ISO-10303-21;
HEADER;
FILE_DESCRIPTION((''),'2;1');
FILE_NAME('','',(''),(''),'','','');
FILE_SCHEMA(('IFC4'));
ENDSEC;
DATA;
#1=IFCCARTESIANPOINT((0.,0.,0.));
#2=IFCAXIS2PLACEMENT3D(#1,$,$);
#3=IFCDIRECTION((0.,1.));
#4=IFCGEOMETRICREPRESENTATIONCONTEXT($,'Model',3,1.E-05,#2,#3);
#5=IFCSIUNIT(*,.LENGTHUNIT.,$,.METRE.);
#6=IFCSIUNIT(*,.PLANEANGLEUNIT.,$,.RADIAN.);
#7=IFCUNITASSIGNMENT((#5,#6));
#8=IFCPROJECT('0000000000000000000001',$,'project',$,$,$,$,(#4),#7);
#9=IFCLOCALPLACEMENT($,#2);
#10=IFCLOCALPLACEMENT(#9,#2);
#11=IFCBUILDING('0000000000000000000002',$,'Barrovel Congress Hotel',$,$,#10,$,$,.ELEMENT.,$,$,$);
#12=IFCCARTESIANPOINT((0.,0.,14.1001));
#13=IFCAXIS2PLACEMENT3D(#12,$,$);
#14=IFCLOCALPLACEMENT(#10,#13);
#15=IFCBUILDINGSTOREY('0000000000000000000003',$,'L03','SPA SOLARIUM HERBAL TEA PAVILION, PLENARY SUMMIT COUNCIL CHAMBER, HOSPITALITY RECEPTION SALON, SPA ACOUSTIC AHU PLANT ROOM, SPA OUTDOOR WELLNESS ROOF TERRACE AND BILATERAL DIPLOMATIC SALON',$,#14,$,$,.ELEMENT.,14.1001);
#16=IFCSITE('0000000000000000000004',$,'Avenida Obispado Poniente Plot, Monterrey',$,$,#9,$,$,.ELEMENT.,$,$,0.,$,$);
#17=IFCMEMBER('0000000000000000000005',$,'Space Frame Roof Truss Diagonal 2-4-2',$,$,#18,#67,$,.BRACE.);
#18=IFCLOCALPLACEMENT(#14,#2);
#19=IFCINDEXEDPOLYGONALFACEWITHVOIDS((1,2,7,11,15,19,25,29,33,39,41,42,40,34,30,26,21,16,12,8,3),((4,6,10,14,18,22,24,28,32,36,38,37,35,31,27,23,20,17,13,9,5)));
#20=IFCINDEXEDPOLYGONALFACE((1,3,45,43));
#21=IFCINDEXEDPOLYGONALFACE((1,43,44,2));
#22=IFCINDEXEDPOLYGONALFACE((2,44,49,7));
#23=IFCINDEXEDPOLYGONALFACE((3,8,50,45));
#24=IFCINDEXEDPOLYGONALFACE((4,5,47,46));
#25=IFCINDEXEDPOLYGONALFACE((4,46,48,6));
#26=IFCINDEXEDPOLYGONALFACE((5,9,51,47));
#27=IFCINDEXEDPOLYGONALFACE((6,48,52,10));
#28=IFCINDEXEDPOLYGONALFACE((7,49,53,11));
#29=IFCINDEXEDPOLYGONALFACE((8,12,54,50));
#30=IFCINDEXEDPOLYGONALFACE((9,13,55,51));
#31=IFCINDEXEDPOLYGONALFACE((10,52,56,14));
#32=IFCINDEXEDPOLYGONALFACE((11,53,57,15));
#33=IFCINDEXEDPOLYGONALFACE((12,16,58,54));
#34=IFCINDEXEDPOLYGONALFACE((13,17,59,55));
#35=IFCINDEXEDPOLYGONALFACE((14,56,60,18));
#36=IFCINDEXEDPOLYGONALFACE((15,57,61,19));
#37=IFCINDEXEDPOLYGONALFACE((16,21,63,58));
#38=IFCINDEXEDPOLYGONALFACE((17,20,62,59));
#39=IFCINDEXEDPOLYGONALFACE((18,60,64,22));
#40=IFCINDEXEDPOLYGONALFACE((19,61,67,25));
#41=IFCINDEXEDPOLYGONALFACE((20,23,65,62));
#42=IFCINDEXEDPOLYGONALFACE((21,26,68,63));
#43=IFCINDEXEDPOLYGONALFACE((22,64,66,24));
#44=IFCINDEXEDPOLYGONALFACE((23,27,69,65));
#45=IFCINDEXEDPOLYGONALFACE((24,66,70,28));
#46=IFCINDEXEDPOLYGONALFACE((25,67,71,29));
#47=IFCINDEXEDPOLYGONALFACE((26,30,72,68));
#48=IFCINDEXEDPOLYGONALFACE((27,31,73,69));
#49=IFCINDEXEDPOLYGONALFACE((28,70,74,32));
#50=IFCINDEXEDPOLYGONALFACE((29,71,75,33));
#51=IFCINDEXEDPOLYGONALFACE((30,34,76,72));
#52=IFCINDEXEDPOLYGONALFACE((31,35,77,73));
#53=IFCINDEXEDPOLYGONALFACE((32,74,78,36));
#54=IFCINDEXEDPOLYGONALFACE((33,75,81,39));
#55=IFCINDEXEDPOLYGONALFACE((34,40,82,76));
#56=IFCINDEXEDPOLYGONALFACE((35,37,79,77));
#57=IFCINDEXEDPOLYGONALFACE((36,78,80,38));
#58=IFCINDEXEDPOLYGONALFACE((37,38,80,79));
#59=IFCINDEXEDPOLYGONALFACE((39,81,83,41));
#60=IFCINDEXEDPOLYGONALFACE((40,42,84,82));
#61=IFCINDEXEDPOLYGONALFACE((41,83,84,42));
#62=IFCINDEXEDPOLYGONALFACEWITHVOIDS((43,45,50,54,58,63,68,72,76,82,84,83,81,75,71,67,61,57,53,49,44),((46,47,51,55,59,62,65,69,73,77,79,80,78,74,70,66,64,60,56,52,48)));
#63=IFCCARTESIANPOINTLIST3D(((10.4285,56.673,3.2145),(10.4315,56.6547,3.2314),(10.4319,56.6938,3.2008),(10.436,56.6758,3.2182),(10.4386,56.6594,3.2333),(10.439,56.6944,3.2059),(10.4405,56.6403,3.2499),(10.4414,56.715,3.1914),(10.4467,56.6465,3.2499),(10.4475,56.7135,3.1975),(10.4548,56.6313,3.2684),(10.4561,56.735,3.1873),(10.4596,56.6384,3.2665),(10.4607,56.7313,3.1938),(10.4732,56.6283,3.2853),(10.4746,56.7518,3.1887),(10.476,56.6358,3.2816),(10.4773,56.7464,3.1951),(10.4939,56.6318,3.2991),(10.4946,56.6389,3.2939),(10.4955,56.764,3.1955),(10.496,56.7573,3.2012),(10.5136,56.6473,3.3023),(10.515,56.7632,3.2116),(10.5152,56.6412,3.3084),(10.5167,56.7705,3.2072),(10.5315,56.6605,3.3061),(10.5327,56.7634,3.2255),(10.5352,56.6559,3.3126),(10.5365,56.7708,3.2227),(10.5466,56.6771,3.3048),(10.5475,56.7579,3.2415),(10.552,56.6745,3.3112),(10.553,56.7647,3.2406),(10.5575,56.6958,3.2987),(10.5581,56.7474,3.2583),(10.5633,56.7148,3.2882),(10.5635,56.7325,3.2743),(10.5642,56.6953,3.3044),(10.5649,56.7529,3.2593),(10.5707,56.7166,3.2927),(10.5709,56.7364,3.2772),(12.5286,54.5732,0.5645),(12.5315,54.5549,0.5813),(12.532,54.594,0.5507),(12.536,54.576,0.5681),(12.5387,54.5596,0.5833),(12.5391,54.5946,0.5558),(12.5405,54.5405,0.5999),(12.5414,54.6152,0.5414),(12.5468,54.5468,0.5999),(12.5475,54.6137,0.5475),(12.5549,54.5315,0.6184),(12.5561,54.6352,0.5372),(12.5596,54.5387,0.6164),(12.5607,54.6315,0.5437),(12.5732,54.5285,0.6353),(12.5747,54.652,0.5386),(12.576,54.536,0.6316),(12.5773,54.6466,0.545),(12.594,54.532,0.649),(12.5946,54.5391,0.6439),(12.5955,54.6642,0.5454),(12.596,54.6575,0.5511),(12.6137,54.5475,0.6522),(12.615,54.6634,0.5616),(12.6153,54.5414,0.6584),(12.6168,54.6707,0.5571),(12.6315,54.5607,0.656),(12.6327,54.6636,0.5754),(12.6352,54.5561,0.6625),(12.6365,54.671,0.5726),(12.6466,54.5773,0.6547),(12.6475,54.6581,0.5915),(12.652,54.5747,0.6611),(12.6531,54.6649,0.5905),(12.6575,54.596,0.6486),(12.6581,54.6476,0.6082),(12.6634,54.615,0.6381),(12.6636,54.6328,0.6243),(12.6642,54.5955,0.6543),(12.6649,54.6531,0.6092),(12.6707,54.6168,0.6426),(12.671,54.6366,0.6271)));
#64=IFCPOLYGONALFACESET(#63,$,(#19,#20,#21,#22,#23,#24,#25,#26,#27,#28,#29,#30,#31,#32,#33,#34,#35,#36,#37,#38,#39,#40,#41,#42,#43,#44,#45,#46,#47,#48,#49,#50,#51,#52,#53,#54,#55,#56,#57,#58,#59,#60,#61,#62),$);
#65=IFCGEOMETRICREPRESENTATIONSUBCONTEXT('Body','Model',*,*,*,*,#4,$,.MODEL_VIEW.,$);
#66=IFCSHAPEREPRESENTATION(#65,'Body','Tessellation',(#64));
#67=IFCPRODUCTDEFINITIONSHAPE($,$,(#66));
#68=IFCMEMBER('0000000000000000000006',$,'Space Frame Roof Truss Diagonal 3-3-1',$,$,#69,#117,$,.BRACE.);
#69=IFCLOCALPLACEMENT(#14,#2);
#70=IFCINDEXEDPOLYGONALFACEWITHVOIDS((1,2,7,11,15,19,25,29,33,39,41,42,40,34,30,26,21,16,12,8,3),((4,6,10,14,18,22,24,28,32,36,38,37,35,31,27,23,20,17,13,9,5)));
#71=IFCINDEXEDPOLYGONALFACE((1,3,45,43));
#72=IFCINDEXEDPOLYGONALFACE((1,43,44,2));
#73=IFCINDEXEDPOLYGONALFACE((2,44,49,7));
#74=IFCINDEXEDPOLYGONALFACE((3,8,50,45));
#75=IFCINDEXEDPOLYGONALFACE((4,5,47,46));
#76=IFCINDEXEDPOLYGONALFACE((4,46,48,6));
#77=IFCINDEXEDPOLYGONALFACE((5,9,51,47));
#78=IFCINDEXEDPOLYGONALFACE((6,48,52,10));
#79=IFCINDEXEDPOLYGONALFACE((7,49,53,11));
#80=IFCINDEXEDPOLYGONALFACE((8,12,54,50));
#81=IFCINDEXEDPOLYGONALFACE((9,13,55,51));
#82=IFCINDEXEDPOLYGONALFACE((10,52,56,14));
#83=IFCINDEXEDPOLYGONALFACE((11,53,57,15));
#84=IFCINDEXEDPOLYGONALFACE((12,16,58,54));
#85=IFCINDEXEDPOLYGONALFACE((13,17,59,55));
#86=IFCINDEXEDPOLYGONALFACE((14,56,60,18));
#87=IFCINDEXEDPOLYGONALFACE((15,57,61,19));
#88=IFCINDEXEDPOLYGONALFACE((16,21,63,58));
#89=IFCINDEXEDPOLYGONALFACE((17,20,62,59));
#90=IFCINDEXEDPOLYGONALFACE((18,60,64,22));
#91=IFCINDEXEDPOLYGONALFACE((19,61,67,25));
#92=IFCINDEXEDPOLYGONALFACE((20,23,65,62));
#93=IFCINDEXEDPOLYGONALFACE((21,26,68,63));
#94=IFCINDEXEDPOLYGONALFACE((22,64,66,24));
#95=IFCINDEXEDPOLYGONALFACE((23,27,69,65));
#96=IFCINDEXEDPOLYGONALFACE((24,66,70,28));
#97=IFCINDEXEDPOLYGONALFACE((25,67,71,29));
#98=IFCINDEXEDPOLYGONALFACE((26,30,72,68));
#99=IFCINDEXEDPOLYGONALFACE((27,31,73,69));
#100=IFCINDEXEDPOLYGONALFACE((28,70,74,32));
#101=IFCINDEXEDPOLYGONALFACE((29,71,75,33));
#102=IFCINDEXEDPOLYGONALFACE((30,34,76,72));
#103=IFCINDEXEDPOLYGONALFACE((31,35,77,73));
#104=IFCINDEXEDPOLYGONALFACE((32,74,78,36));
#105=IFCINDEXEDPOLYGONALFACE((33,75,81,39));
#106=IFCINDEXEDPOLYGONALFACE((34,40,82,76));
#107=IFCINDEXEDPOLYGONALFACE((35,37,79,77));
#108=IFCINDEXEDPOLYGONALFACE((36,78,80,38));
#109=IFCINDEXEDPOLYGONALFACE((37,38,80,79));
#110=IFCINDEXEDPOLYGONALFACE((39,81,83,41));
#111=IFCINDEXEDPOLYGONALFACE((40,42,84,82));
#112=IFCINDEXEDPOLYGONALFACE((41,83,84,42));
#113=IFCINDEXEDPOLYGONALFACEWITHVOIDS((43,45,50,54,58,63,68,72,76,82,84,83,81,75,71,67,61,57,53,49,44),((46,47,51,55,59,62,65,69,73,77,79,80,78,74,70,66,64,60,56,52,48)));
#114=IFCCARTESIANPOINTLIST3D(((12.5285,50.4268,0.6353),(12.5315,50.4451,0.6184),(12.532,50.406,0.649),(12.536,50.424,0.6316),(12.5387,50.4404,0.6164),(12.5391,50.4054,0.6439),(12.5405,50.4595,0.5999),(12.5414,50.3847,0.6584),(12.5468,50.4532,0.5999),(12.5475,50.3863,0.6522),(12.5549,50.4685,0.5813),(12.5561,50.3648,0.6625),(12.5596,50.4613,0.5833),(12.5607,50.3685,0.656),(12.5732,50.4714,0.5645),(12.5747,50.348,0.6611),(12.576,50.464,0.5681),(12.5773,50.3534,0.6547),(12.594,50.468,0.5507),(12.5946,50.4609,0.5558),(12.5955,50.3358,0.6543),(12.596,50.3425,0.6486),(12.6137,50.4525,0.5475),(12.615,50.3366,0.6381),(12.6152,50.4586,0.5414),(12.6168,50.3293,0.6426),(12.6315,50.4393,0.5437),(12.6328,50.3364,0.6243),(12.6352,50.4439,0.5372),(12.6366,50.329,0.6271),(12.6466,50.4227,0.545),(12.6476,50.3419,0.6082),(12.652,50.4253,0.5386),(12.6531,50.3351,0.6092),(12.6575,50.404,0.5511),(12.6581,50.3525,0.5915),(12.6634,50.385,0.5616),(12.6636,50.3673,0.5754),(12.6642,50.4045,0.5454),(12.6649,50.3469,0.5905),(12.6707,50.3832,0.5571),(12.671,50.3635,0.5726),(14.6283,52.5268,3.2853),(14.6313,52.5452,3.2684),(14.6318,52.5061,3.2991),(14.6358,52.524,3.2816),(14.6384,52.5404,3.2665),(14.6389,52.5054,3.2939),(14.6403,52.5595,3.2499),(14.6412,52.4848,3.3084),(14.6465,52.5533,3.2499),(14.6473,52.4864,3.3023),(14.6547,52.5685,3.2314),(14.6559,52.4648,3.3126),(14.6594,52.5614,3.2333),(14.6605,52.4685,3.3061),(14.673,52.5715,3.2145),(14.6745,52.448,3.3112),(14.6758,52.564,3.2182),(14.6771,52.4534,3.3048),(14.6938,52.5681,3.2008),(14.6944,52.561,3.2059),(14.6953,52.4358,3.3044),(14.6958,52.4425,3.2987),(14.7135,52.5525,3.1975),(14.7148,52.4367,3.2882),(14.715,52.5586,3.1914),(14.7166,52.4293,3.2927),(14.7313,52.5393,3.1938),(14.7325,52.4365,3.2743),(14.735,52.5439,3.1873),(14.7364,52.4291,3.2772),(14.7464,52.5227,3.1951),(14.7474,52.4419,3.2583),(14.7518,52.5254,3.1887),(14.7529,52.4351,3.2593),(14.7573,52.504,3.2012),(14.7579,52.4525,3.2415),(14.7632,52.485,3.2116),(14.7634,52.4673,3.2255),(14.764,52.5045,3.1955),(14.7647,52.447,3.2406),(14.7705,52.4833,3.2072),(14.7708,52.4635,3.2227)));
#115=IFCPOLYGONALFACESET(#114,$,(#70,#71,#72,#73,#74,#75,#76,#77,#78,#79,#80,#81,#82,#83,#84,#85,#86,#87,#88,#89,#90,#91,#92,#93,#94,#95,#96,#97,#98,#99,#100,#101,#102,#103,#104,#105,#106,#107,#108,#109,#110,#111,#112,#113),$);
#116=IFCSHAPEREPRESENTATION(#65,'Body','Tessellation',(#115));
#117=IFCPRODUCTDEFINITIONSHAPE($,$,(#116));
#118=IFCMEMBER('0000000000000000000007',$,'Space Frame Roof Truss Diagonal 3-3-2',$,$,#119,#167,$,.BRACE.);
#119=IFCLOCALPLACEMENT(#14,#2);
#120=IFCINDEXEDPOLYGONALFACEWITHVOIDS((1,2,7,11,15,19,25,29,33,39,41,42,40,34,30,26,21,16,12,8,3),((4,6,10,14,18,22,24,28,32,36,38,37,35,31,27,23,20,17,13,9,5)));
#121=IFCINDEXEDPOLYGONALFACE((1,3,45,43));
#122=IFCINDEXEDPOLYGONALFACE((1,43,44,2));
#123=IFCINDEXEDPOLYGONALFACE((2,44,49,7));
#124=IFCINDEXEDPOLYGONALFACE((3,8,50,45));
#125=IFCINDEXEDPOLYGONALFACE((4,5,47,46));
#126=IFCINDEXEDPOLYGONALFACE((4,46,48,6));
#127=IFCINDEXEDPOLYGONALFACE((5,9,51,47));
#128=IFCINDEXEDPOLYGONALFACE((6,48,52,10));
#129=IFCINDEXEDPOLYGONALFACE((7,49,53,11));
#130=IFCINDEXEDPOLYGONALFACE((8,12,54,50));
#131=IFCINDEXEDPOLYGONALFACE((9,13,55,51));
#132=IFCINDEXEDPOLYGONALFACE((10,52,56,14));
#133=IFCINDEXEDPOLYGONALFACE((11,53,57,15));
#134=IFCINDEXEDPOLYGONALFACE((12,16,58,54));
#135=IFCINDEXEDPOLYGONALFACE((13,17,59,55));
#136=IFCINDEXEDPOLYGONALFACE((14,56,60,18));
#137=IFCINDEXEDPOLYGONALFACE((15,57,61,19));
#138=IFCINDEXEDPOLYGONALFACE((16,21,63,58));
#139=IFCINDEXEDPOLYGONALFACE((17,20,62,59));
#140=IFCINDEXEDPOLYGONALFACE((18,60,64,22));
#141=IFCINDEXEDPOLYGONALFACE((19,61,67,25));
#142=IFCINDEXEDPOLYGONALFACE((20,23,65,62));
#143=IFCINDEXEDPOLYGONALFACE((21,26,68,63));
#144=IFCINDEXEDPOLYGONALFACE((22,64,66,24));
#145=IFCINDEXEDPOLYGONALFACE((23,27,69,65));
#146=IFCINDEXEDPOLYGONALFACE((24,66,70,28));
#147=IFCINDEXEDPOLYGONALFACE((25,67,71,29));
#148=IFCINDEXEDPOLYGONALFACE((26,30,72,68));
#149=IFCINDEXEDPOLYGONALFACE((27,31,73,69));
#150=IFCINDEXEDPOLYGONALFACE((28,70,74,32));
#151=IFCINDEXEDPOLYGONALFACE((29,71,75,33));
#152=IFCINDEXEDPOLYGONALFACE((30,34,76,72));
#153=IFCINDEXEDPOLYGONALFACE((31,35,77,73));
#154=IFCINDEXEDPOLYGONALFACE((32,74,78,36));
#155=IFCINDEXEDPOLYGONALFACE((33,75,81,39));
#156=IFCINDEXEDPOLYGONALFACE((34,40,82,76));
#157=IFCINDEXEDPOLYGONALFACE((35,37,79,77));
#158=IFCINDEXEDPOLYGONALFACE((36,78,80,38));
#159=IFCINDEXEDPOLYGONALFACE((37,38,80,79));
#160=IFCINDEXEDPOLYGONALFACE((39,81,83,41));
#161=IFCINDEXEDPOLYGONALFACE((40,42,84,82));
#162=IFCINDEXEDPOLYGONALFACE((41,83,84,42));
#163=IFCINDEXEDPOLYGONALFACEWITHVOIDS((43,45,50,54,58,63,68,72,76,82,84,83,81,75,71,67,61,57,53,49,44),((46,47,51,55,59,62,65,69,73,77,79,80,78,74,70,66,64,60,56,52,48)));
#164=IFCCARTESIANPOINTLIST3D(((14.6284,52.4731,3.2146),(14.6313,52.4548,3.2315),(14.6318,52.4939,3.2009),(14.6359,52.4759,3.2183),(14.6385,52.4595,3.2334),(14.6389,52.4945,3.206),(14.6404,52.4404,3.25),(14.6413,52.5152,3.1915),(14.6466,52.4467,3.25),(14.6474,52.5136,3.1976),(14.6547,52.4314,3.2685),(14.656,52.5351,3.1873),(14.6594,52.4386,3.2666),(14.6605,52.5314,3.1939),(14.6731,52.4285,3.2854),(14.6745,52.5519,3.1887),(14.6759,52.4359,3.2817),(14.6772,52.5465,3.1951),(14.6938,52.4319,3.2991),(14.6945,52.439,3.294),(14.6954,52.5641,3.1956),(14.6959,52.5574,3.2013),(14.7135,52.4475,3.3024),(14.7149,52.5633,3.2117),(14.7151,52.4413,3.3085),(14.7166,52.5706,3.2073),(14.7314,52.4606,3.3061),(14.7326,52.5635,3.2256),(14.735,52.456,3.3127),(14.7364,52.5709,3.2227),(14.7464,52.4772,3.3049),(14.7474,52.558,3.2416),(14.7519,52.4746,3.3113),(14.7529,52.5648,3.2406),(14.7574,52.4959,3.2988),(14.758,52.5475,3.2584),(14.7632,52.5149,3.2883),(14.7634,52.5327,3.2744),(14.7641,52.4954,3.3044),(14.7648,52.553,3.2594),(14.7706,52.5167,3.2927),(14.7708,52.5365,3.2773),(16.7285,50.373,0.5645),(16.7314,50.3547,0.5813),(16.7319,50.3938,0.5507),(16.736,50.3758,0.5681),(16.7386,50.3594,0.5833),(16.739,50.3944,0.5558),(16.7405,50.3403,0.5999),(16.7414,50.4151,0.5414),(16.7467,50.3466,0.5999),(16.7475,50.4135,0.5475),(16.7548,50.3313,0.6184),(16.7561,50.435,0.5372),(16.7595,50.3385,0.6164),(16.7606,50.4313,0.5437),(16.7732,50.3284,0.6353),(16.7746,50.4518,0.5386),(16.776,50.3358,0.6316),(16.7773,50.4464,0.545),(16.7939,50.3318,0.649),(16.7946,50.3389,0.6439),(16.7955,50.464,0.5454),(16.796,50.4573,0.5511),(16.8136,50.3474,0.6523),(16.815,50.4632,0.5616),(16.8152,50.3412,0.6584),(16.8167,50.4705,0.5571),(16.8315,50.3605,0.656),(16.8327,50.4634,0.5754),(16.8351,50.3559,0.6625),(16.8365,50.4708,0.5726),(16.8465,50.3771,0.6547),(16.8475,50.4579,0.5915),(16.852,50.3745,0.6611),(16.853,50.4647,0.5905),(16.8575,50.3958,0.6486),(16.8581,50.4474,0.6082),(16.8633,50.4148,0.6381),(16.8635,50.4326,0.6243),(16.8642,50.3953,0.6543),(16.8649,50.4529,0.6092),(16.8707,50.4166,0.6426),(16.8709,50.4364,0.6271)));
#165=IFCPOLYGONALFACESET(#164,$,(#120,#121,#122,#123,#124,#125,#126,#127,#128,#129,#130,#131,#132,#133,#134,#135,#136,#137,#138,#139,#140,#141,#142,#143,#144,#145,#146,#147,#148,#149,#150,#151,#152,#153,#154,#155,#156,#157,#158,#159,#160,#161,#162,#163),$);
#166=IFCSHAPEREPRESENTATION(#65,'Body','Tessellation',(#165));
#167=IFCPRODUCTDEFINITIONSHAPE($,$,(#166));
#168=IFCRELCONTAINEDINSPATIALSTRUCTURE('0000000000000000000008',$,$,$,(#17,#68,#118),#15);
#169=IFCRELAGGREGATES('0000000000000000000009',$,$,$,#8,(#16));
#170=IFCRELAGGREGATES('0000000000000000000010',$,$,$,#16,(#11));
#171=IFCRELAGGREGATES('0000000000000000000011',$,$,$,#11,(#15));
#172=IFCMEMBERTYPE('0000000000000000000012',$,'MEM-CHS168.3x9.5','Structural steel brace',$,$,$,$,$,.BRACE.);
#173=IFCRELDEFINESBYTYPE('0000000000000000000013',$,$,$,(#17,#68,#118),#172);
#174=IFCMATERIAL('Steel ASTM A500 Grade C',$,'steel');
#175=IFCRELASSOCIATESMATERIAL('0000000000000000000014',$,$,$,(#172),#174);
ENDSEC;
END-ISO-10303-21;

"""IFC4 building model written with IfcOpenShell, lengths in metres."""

from ifc_helpers import new_model, si_unit, direction, frame, origin, origin_2d, place, context, subcontext, project, spatial, hollow_circle, extrude, material, material_profile, profile_set, type_object, element, save


model = new_model("IFC4")

# Units and contexts
model_context = context("Model", 3, precision=1e-05, world=origin(), true_north=direction((0.0, 1.0)))
body_context = subcontext(model_context, "Body", "Model", "MODEL_VIEW")
ifc_project = project(units=[si_unit("LENGTHUNIT", "METRE"), si_unit("PLANEANGLEUNIT", "RADIAN")], contexts=[model_context])

# Site, building, storey
site_placement = place(None, origin())
site = spatial("IfcSite", under=ifc_project, at=site_placement, Name="Avenida Obispado Poniente Plot, Monterrey", CompositionType="ELEMENT", RefElevation=0.0)
building_placement = place(site_placement, origin())
building = spatial("IfcBuilding", under=site, at=building_placement, Name="Barrovel Congress Hotel", CompositionType="ELEMENT")
storey_placement = place(building_placement, frame((0.0, 0.0, 14.1001)))
storey = spatial("IfcBuildingStorey", under=building, at=storey_placement, Name="L03", Description="SPA SOLARIUM HERBAL TEA PAVILION, PLENARY SUMMIT COUNCIL CHAMBER, HOSPITALITY RECEPTION SALON, SPA ACOUSTIC AHU PLANT ROOM, SPA OUTDOOR WELLNESS ROOF TERRACE AND BILATERAL DIPLOMATIC SALON", CompositionType="ELEMENT", Elevation=14.1001)

# Members
ifc_material_1 = material(Name="Steel ASTM A500 Grade C", Category="steel")
ifc_material_profile_1 = material_profile(ifc_material_1, hollow_circle(Radius=0.0842, WallThickness=0.0088, at=origin_2d()), Name="CHS168.3x9.5")
ifc_profile_set_1 = profile_set([ifc_material_profile_1], Name="Steel ASTM A500 Grade C")
member_type_1 = type_object("IfcMemberType", Name="MEM-CHS168.3x9.5", Description="Structural steel brace", PredefinedType="BRACE", material=ifc_profile_set_1)
for number, where, z_axis, x_axis, name in (
    (1, (12.6001, 54.6001, 0.5999), (-0.527618, 0.527557, 0.66581), (-0.707066, -0.707148, 0.0), "Space Frame Roof Truss Diagonal 2-4-2"),
    (2, (12.6001, 50.3999, 0.5999), (0.527557, 0.527618, 0.66581), (-0.707148, 0.707066, 0.0), "Space Frame Roof Truss Diagonal 3-3-1"),
):
    element("IfcMember", number, at=place(storey_placement, frame(where, z_axis=z_axis, x_axis=x_axis)), inside=storey, type_object=member_type_1, Name=name, PredefinedType="BRACE", context=body_context, shape_type="SweptSolid", body=[
        extrude(hollow_circle(Radius=0.0842, WallThickness=0.0088, at=origin_2d()), origin(), (0.0, 0.0, 1.0), 3.9802),
    ])
member_placement = place(storey_placement, frame((16.8, 50.3999, 0.5999), z_axis=(-0.527601, 0.527601, 0.665788), x_axis=(-0.707107, -0.707107, 0.0)))
element("IfcMember", 3, at=member_placement, inside=storey, type_object=member_type_1, Name="Space Frame Roof Truss Diagonal 3-3-2", PredefinedType="BRACE", context=body_context, shape_type="SweptSolid", body=[
    extrude(hollow_circle(Radius=0.0842, WallThickness=0.0088, at=origin_2d()), origin(), (0.0, 0.0, 1.0), 3.9805),
])

save(model, "model.ifc")
